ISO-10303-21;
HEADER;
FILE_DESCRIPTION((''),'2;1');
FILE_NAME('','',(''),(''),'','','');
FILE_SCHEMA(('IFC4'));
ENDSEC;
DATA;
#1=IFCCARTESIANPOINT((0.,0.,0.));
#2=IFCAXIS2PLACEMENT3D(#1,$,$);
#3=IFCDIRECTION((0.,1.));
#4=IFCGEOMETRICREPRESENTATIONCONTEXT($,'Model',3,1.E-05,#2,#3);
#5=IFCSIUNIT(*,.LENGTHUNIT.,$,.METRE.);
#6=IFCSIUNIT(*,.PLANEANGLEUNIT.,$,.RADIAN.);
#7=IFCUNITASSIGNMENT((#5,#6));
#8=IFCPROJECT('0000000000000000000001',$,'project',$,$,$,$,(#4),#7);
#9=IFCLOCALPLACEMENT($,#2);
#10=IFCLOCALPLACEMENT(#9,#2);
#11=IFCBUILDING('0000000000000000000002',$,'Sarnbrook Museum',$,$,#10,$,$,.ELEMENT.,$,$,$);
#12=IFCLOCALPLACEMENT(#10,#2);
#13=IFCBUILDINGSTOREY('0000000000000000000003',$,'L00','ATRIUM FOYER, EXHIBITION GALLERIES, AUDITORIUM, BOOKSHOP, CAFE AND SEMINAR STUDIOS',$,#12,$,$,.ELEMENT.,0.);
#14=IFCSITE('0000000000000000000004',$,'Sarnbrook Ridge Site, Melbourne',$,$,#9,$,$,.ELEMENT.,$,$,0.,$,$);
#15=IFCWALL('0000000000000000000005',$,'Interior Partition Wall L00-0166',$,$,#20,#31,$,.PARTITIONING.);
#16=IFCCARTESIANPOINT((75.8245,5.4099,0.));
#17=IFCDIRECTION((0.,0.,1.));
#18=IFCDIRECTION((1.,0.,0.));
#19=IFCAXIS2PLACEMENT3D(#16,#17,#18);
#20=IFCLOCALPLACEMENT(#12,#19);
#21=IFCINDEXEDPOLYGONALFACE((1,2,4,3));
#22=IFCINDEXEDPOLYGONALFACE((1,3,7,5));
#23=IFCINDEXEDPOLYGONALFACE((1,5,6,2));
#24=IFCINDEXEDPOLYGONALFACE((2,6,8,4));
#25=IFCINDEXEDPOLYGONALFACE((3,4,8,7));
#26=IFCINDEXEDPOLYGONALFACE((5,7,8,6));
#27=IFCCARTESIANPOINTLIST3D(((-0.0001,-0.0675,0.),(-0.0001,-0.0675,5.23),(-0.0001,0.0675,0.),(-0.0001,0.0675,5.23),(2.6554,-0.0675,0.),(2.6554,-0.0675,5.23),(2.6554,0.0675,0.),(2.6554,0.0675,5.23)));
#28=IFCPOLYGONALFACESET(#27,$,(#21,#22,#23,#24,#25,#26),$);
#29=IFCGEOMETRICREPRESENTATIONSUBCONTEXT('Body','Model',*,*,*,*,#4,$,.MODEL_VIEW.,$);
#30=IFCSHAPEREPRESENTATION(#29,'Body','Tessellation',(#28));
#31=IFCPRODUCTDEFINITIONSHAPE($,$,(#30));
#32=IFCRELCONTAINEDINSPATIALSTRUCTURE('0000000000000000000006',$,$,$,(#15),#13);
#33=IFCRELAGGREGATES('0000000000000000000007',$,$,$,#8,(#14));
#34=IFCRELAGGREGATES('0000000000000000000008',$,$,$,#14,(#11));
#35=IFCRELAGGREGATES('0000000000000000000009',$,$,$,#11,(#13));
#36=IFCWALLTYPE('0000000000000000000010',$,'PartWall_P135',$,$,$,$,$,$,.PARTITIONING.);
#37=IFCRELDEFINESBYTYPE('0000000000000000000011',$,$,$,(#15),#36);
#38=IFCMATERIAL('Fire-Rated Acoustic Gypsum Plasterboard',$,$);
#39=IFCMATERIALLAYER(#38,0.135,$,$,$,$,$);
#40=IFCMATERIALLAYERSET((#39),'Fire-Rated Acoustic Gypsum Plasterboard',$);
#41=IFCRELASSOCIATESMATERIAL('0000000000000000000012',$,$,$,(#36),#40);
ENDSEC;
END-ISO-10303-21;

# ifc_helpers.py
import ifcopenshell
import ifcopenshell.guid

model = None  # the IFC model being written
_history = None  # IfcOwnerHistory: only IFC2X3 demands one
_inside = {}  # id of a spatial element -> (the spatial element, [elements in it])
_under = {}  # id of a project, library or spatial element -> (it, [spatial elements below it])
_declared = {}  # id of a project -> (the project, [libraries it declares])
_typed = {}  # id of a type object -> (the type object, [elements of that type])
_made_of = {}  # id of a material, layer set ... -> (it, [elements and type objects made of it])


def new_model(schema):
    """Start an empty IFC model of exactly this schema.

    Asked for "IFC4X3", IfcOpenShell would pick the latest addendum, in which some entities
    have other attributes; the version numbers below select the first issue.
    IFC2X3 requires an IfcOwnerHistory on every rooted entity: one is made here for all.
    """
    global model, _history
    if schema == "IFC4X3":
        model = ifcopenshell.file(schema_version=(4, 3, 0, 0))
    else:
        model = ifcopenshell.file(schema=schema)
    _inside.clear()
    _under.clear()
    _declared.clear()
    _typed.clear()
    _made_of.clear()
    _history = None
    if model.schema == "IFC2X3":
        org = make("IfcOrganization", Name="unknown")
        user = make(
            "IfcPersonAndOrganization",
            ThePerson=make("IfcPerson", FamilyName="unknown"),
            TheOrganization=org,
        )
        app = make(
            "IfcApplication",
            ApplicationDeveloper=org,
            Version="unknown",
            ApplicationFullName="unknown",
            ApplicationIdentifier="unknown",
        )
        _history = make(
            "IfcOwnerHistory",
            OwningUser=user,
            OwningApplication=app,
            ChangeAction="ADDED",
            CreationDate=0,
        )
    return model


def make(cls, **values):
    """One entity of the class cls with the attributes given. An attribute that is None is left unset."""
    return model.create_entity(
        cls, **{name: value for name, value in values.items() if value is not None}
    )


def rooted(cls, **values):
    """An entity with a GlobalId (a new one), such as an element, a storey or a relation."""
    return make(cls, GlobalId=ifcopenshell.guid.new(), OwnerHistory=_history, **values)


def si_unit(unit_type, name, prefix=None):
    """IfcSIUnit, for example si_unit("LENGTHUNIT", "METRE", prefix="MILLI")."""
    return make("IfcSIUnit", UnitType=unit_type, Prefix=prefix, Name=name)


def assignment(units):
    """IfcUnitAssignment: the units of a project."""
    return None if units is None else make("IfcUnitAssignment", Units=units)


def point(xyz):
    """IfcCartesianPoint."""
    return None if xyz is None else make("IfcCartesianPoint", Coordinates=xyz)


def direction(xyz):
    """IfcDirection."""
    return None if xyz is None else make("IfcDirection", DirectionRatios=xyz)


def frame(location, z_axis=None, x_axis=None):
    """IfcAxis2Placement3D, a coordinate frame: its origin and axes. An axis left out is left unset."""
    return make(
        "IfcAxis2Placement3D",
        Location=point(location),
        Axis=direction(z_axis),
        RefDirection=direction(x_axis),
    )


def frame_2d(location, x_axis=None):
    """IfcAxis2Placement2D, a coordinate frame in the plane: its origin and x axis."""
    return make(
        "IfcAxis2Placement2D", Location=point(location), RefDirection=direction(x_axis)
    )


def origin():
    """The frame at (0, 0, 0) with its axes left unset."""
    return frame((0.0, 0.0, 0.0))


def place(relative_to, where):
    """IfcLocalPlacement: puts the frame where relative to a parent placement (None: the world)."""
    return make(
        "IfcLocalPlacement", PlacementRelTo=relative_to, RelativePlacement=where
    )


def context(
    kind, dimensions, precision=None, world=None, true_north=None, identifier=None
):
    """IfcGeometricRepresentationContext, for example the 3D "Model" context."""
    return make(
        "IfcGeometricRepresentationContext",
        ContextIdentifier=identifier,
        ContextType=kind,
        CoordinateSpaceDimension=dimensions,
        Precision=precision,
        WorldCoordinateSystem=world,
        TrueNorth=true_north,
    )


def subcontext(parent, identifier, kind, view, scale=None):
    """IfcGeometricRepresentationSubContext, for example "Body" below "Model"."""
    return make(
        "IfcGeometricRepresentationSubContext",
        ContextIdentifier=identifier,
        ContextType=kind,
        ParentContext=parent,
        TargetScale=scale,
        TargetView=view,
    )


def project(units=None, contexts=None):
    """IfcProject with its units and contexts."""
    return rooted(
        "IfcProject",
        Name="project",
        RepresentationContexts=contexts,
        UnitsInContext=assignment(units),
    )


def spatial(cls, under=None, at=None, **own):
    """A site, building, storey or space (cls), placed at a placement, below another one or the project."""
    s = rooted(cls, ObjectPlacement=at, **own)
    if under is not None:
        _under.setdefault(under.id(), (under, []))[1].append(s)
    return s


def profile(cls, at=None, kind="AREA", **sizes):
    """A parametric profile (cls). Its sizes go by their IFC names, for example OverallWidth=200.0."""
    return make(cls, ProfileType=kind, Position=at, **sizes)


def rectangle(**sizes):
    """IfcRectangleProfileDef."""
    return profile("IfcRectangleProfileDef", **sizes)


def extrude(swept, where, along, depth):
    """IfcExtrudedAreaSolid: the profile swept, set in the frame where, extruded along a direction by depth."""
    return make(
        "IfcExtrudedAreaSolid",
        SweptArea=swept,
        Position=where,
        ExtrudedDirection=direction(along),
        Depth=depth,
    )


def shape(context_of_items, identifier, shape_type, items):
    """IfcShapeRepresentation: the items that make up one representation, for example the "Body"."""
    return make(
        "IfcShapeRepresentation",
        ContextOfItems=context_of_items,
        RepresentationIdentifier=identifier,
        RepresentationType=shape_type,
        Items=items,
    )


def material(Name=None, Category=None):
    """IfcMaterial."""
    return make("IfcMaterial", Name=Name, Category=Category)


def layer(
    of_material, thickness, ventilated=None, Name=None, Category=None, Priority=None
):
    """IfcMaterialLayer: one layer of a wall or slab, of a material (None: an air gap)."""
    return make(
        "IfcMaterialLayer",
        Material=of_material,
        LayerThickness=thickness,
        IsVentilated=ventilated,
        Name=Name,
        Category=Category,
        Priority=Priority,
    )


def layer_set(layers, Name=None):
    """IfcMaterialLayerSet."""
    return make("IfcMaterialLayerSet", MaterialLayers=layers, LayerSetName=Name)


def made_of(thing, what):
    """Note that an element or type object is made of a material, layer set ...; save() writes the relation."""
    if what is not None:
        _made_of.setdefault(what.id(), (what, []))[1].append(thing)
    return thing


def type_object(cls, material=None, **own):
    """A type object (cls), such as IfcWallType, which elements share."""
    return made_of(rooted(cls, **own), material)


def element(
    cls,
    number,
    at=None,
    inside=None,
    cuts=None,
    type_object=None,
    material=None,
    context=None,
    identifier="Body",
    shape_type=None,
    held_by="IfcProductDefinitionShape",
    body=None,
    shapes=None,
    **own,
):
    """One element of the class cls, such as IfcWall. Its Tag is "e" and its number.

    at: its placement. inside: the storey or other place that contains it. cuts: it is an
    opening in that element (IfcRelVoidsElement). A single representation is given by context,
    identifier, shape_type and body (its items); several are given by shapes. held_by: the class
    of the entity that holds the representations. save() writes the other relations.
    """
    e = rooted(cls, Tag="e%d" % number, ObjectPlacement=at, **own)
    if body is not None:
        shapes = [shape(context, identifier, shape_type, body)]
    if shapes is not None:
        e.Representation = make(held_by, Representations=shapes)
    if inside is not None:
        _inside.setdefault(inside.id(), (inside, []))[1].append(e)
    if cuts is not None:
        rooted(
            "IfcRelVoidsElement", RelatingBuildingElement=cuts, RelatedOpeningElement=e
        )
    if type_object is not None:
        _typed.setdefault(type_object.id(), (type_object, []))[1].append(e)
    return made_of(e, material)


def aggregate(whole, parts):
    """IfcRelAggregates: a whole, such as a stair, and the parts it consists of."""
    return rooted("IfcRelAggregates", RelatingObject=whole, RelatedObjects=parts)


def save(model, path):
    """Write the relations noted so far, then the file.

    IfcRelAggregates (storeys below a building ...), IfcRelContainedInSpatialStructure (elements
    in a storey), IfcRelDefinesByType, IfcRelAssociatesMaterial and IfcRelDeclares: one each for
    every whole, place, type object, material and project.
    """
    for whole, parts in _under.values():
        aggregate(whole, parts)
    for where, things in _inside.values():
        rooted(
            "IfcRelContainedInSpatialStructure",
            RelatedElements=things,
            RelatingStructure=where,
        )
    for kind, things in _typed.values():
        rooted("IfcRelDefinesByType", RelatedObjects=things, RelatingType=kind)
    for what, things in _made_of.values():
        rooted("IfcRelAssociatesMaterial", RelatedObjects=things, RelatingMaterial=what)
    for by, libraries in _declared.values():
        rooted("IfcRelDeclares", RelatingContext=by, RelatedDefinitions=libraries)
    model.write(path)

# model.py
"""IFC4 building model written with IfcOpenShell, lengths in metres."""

from ifc_helpers import new_model, si_unit, direction, frame, frame_2d, origin, place, context, subcontext, project, spatial, rectangle, extrude, material, layer, layer_set, type_object, element, save


model = new_model("IFC4")

# Units and contexts
model_context = context("Model", 3, precision=1e-05, world=origin(), true_north=direction((0.0, 1.0)))
body_context = subcontext(model_context, "Body", "Model", "MODEL_VIEW")
ifc_project = project(units=[si_unit("LENGTHUNIT", "METRE"), si_unit("PLANEANGLEUNIT", "RADIAN")], contexts=[model_context])

# Site, building, storey
site_placement = place(None, origin())
site = spatial("IfcSite", under=ifc_project, at=site_placement, Name="Sarnbrook Ridge Site, Melbourne", CompositionType="ELEMENT", RefElevation=0.0)
building_placement = place(site_placement, origin())
building = spatial("IfcBuilding", under=site, at=building_placement, Name="Sarnbrook Museum", CompositionType="ELEMENT")
storey_placement = place(building_placement, origin())
storey = spatial("IfcBuildingStorey", under=building, at=storey_placement, Name="L00", Description="ATRIUM FOYER, EXHIBITION GALLERIES, AUDITORIUM, BOOKSHOP, CAFE AND SEMINAR STUDIOS", CompositionType="ELEMENT", Elevation=0.0)

# Wall
ifc_material_1 = material(Name="Fire-Rated Acoustic Gypsum Plasterboard")
ifc_layer_1 = layer(ifc_material_1, 0.135)
ifc_layer_set_1 = layer_set([ifc_layer_1], Name="Fire-Rated Acoustic Gypsum Plasterboard")
wall_type_1 = type_object("IfcWallType", Name="PartWall_P135", PredefinedType="PARTITIONING", material=ifc_layer_set_1)
wall_1_placement = place(storey_placement, frame((75.8245, 5.4099, 0.0), z_axis=(0.0, 0.0, 1.0), x_axis=(1.0, 0.0, 0.0)))
element("IfcWall", 1, at=wall_1_placement, inside=storey, type_object=wall_type_1, Name="Interior Partition Wall L00-0166", PredefinedType="PARTITIONING", context=body_context, shape_type="SweptSolid", body=[
    extrude(rectangle(XDim=2.6555, YDim=0.135, at=frame_2d((1.3276, 0.0))), origin(), (0.0, 0.0, 1.0), 5.23),
])

save(model, "model.ifc")
